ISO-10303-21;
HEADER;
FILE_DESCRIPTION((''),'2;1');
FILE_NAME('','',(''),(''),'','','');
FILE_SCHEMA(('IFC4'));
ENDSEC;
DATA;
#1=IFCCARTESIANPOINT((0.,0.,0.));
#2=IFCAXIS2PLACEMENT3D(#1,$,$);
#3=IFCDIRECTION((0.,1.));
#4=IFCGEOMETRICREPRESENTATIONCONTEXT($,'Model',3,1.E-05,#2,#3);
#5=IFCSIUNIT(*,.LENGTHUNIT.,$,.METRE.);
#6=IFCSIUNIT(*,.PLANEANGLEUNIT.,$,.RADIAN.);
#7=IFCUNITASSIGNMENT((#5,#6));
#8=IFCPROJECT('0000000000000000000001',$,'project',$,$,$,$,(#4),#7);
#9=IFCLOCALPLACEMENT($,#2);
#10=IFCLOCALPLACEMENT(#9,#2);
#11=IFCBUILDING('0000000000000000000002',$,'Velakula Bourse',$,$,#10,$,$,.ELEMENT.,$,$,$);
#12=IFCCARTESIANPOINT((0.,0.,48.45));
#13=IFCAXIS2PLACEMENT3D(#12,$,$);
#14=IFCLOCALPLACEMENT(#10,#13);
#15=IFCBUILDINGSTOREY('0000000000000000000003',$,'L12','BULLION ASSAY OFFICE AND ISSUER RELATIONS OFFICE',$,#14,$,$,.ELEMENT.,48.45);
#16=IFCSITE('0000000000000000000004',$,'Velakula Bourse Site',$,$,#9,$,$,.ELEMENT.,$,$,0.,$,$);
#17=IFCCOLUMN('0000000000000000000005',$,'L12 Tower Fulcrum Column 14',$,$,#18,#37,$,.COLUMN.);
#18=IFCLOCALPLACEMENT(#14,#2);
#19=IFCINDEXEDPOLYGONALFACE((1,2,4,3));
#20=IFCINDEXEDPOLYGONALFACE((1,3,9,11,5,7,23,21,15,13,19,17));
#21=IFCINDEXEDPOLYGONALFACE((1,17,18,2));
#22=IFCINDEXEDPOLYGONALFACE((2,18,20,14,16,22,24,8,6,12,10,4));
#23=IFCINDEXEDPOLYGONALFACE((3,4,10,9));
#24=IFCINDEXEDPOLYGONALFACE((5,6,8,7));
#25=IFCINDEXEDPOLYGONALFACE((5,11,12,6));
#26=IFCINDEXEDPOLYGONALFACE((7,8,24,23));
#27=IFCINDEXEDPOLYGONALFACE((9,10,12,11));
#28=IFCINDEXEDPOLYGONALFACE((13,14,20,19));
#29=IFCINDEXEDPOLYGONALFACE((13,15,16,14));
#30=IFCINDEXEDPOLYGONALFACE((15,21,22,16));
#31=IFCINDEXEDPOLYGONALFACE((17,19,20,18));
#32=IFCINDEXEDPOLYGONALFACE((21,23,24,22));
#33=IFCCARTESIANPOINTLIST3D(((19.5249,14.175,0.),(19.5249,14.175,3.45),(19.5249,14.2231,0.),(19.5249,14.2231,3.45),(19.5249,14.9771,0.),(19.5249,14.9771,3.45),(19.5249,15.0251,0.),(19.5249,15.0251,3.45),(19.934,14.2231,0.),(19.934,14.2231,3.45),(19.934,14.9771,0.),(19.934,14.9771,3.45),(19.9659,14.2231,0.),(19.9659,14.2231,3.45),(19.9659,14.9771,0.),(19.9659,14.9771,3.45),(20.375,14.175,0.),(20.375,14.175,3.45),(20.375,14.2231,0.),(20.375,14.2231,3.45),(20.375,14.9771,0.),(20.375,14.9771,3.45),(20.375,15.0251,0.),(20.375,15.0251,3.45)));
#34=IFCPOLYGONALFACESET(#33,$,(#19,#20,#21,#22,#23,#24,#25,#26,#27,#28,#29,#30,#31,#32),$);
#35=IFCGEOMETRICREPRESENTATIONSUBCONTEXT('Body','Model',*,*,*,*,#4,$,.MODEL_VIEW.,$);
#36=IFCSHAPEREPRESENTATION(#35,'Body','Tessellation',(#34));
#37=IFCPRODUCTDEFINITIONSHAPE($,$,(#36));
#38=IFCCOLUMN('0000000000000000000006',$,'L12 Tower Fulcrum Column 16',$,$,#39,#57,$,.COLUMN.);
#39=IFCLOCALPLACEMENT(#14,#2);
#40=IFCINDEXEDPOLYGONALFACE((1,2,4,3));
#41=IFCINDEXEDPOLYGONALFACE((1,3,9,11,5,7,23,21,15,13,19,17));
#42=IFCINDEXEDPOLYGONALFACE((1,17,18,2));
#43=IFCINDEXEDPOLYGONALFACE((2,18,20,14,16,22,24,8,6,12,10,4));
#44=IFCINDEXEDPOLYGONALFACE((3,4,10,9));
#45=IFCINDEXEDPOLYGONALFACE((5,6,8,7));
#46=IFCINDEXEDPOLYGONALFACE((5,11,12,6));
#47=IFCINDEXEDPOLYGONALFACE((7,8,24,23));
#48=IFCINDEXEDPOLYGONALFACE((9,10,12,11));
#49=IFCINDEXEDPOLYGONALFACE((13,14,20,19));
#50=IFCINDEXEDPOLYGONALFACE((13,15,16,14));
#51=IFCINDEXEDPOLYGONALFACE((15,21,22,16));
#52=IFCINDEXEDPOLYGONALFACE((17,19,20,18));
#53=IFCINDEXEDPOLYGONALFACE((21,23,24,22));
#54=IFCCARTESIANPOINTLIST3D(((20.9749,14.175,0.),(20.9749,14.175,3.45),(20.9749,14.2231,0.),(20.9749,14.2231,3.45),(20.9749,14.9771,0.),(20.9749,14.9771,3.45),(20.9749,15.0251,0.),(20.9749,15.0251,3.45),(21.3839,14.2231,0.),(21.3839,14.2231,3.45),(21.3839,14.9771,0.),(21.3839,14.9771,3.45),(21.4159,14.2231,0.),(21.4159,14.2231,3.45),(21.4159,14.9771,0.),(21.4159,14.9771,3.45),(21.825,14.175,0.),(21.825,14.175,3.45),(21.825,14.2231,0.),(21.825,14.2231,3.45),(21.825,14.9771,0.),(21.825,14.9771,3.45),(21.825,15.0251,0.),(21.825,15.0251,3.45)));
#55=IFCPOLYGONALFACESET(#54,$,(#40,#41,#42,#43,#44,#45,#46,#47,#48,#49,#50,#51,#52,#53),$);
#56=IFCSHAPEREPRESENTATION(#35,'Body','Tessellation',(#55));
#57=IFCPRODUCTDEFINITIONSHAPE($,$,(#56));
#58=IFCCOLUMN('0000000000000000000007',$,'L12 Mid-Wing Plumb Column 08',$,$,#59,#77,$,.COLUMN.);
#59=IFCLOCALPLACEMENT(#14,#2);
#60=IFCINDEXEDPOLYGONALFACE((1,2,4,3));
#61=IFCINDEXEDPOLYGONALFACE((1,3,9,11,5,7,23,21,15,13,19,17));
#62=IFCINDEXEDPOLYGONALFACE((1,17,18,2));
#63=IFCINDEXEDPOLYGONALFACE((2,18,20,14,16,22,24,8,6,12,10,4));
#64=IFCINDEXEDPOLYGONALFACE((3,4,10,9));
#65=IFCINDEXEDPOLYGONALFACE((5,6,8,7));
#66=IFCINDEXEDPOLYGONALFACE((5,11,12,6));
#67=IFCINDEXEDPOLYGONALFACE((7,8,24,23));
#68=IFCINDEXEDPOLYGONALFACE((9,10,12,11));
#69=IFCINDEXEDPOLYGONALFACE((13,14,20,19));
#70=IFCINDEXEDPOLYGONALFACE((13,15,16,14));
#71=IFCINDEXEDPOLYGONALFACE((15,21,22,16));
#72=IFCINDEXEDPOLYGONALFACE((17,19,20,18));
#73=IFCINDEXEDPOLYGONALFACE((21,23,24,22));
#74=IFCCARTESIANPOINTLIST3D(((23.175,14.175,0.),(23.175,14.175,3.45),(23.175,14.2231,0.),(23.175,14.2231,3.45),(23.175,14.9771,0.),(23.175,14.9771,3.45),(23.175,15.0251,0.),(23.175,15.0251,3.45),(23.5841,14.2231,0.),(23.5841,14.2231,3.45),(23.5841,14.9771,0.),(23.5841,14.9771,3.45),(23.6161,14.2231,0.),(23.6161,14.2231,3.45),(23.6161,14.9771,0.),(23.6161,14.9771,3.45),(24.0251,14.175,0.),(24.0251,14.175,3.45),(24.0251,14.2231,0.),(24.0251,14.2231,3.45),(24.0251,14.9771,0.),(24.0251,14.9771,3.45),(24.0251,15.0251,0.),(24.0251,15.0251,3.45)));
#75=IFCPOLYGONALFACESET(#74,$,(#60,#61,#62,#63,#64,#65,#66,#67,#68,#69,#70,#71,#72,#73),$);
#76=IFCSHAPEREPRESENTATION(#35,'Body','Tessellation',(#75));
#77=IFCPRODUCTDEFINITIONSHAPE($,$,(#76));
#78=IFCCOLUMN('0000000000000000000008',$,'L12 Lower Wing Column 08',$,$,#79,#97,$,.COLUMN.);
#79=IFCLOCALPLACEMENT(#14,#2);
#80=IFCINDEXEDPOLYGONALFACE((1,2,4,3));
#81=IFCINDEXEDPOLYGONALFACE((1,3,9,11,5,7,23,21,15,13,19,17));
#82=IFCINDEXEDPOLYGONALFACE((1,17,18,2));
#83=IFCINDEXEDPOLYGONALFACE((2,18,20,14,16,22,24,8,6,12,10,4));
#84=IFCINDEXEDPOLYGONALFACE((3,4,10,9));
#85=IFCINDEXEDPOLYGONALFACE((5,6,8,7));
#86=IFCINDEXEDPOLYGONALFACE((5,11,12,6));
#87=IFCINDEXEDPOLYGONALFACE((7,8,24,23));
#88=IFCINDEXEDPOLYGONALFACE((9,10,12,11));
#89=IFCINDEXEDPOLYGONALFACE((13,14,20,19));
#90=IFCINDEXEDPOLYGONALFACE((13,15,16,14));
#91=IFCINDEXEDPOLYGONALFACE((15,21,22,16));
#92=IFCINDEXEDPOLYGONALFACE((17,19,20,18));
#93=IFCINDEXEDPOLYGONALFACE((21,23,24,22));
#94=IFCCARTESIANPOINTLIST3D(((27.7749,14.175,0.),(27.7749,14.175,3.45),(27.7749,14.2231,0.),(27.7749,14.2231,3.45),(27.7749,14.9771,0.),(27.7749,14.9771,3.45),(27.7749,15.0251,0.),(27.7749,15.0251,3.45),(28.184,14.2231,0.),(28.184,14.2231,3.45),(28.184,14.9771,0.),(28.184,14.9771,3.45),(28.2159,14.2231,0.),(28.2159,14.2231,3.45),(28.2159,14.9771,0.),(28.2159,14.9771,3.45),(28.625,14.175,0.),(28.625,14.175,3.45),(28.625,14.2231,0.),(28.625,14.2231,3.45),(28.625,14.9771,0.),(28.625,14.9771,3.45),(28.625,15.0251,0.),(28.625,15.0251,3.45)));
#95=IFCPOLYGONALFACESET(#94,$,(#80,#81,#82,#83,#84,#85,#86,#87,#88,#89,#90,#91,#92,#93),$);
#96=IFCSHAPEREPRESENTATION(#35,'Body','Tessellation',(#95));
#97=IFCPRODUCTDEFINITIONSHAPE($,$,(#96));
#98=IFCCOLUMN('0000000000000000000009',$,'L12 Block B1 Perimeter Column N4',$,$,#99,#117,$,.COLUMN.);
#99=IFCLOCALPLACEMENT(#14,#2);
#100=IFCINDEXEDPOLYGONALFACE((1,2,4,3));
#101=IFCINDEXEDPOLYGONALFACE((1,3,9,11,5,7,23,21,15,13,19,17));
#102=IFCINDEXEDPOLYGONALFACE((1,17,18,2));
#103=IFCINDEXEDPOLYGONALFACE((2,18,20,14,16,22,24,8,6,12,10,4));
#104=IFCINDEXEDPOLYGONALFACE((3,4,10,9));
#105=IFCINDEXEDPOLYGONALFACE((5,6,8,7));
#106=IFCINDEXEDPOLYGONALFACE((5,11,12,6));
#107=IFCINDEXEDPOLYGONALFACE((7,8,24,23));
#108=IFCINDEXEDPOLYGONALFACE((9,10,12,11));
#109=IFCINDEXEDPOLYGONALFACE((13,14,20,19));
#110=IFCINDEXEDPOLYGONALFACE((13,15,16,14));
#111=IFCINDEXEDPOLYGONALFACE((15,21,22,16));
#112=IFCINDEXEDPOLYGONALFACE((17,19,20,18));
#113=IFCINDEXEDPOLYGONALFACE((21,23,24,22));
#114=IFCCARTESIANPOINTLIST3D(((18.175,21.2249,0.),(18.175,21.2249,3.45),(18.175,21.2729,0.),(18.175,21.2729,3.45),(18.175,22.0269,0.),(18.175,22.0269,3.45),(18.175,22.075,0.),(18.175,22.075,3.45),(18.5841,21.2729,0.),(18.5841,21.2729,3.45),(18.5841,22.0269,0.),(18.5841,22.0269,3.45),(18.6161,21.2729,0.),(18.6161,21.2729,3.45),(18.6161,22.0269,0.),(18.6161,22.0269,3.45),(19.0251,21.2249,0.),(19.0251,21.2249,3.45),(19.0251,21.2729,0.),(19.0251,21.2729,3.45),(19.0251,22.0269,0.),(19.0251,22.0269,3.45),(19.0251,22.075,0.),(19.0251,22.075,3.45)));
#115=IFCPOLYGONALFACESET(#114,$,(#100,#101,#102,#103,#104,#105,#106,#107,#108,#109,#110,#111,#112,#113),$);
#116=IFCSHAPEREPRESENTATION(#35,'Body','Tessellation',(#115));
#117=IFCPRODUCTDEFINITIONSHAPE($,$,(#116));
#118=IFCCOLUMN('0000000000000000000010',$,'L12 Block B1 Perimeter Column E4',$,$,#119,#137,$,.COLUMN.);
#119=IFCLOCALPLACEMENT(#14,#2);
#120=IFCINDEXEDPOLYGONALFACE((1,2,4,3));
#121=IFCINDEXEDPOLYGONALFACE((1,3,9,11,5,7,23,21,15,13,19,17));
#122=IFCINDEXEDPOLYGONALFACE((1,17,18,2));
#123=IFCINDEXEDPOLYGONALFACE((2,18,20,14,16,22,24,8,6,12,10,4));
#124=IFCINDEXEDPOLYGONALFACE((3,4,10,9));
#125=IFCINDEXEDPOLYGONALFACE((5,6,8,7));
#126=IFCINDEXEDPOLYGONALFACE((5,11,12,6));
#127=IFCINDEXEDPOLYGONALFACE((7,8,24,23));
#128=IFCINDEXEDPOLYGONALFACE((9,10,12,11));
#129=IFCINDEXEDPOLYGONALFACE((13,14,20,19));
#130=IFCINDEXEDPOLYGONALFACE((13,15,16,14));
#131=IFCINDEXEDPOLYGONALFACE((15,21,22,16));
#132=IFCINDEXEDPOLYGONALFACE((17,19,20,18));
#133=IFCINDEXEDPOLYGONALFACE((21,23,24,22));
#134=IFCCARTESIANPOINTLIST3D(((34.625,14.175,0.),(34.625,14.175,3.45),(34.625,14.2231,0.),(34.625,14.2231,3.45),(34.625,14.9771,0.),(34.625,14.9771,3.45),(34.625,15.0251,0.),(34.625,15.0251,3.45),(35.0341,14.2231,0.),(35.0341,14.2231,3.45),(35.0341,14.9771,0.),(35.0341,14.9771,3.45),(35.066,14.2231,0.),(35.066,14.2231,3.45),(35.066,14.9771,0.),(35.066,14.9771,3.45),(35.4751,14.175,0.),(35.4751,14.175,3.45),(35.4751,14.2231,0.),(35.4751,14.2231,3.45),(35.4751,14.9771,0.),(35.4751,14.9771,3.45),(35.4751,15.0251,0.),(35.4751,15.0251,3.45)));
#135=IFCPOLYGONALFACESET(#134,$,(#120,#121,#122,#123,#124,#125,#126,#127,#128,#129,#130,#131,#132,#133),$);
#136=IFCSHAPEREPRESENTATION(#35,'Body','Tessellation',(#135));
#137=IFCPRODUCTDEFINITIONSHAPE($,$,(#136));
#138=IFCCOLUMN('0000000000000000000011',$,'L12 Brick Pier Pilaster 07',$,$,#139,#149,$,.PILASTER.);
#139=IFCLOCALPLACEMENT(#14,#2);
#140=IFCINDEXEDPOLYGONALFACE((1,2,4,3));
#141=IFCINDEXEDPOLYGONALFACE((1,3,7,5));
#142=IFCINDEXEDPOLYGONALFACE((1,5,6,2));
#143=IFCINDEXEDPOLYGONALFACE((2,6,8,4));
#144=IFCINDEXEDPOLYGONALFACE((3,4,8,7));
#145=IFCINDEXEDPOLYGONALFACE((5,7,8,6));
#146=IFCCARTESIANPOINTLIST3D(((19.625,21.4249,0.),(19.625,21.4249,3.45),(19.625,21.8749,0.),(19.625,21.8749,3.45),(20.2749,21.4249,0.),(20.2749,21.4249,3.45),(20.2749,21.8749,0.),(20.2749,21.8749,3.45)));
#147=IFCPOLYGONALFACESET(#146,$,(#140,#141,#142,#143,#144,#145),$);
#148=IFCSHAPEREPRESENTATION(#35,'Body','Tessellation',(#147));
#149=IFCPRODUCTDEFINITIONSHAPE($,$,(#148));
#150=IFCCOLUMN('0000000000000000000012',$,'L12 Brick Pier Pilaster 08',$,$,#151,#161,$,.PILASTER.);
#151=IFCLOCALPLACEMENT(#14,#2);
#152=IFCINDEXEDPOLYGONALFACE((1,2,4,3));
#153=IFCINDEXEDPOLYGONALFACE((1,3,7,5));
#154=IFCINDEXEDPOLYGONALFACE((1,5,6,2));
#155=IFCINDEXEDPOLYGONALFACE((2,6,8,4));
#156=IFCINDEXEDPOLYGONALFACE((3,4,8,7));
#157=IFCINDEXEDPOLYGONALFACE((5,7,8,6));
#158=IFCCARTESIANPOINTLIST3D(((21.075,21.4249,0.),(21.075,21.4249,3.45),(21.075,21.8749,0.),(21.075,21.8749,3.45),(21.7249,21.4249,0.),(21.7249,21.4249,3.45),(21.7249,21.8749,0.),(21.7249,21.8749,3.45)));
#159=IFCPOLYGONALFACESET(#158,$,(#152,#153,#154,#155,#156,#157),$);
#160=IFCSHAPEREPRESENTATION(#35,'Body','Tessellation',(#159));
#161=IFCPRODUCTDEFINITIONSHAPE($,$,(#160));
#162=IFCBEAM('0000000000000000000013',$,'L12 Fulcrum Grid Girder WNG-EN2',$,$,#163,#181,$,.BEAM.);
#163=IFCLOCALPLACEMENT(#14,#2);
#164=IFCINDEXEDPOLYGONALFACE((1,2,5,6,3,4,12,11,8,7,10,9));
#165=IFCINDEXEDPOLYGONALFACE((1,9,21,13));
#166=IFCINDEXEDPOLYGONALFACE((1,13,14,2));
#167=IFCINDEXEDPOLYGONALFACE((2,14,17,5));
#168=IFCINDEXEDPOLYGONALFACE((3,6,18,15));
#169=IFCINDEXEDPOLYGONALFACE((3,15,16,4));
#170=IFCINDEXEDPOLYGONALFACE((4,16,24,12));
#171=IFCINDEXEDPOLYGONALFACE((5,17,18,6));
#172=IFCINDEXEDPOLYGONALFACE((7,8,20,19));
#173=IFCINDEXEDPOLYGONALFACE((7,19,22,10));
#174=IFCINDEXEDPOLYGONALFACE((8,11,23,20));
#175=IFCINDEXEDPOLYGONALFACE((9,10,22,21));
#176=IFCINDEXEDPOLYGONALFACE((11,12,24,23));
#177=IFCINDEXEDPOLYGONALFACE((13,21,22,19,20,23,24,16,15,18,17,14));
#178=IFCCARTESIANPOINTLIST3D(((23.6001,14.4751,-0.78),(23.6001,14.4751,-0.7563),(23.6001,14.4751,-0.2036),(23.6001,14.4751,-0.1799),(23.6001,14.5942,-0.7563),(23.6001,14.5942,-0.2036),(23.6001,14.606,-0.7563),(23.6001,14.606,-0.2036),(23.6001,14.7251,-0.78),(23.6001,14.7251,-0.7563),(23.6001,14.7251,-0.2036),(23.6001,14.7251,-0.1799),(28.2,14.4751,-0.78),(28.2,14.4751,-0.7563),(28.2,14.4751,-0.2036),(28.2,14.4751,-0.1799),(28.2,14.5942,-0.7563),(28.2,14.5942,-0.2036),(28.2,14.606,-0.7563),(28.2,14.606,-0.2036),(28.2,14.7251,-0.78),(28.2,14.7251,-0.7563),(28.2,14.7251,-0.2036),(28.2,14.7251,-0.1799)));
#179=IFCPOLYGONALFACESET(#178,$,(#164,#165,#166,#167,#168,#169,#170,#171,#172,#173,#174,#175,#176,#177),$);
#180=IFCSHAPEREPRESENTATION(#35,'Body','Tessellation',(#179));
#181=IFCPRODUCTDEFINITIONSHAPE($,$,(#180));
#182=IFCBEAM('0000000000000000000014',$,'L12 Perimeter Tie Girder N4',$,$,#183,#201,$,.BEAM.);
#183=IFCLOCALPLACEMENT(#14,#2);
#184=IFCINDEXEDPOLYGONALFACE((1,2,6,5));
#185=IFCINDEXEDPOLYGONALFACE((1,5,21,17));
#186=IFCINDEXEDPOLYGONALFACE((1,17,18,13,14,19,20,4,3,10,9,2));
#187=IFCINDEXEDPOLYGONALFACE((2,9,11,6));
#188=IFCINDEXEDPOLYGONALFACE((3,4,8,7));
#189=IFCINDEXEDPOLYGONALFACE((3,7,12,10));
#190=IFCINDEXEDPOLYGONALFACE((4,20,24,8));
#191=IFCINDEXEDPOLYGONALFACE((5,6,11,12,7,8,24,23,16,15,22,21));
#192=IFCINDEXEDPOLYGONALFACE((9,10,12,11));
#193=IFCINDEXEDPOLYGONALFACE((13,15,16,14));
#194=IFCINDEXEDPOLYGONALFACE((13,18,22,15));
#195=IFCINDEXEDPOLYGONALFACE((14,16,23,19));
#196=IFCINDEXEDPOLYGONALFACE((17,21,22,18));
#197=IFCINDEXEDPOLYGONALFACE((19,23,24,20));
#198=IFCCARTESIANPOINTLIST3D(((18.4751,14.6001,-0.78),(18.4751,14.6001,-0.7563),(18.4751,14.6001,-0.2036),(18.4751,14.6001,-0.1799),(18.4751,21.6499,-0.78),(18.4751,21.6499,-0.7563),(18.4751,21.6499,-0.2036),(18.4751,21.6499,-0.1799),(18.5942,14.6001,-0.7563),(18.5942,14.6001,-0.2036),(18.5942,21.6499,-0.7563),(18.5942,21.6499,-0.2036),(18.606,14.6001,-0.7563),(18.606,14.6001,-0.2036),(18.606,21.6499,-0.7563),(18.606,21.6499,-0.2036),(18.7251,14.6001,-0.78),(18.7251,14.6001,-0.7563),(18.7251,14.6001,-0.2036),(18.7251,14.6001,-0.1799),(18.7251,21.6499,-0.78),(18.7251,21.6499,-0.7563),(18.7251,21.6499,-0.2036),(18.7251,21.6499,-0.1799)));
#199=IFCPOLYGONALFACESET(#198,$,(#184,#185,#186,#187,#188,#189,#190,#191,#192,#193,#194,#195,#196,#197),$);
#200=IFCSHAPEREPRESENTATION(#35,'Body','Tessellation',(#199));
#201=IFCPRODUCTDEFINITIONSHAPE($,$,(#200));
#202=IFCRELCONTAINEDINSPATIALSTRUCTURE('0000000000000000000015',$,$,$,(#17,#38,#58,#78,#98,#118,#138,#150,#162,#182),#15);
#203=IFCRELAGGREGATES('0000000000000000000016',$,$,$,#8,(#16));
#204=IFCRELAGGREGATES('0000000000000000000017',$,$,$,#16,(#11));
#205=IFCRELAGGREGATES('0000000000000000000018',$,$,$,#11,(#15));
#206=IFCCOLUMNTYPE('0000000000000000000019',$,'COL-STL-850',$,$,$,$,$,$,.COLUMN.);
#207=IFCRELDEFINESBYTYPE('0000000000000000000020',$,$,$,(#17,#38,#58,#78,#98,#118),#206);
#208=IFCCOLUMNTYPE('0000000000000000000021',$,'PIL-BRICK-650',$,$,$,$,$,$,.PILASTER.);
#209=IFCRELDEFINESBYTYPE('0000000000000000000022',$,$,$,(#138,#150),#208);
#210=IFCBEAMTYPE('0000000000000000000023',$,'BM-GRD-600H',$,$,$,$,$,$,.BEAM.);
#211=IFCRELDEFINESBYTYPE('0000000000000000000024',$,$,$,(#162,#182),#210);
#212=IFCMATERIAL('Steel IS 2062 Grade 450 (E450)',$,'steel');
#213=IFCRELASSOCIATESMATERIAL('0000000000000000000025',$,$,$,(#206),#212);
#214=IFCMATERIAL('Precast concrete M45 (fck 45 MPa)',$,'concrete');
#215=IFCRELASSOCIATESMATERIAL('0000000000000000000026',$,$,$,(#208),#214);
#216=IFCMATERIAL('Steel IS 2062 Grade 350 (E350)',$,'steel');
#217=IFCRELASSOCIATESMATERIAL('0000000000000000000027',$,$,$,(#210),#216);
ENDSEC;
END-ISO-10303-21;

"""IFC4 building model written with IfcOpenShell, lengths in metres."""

from ifc_helpers import new_model, si_unit, direction, frame, origin, origin_2d, place, context, subcontext, project, spatial, rectangle, i_section, extrude, material, material_profile, profile_set, type_object, element, save


model = new_model("IFC4")

# Units and contexts
model_context = context("Model", 3, precision=1e-05, world=origin(), true_north=direction((0.0, 1.0)))
body_context = subcontext(model_context, "Body", "Model", "MODEL_VIEW")
ifc_project = project(units=[si_unit("LENGTHUNIT", "METRE"), si_unit("PLANEANGLEUNIT", "RADIAN")], contexts=[model_context])

# Site, building, storey
site_placement = place(None, origin())
site = spatial("IfcSite", under=ifc_project, at=site_placement, Name="Velakula Bourse Site", CompositionType="ELEMENT", RefElevation=0.0)
building_placement = place(site_placement, origin())
building = spatial("IfcBuilding", under=site, at=building_placement, Name="Velakula Bourse", CompositionType="ELEMENT")
storey_placement = place(building_placement, frame((0.0, 0.0, 48.45)))
storey = spatial("IfcBuildingStorey", under=building, at=storey_placement, Name="L12", Description="BULLION ASSAY OFFICE AND ISSUER RELATIONS OFFICE", CompositionType="ELEMENT", Elevation=48.45)

# Columns
ifc_material_1 = material(Name="Steel IS 2062 Grade 450 (E450)", Category="steel")
ifc_material_profile_1 = material_profile(ifc_material_1, i_section(OverallWidth=0.8501, OverallDepth=0.8501, WebThickness=0.032, FlangeThickness=0.0481, at=origin_2d()), Name="Steel IS 2062 Grade 450 (E450)")
ifc_profile_set_1 = profile_set([ifc_material_profile_1], Name="Steel IS 2062 Grade 450 (E450)")
column_type_1 = type_object("IfcColumnType", Name="COL-STL-850", PredefinedType="COLUMN", material=ifc_profile_set_1)
for number, where, z_axis, x_axis, name in (
    (1, (19.95, 14.6001, 0.0), (0.0, 0.0, 1.0), (1.0, 0.0, 0.0), "L12 Tower Fulcrum Column 14"),
    (2, (21.3999, 14.6001, 0.0), (0.0, 0.0, 1.0), (1.0, 0.0, 0.0), "L12 Tower Fulcrum Column 16"),
    (3, (23.6001, 14.6001, 0.0), (0.0, 0.0, 1.0), (1.0, 0.0, 0.0), "L12 Mid-Wing Plumb Column 08"),
    (4, (28.2, 14.6001, 0.0), (0.0, 0.0, 1.0), (1.0, 0.0, 0.0), "L12 Lower Wing Column 08"),
    (5, (18.6001, 21.6499, 0.0), (0.0, 0.0, 1.0), (1.0, 0.0, 0.0), "L12 Block B1 Perimeter Column N4"),
    (6, (35.05, 14.6001, 0.0), (0.0, 0.0, 1.0), (1.0, 0.0, 0.0), "L12 Block B1 Perimeter Column E4"),
):
    element("IfcColumn", number, at=place(storey_placement, frame(where, z_axis=z_axis, x_axis=x_axis)), inside=storey, type_object=column_type_1, Name=name, PredefinedType="COLUMN", context=body_context, shape_type="SweptSolid", body=[
        extrude(i_section(OverallWidth=0.8501, OverallDepth=0.8501, WebThickness=0.032, FlangeThickness=0.0481, at=origin_2d()), origin(), (0.0, 0.0, 1.0), 3.45),
    ])
ifc_material_2 = material(Name="Precast concrete M45 (fck 45 MPa)", Category="concrete")
ifc_material_profile_2 = material_profile(ifc_material_2, rectangle(XDim=0.6499, YDim=0.45, at=origin_2d()), Name="Precast concrete M45 (fck 45 MPa)")
ifc_profile_set_2 = profile_set([ifc_material_profile_2], Name="Precast concrete M45 (fck 45 MPa)")
column_type_2 = type_object("IfcColumnType", Name="PIL-BRICK-650", PredefinedType="PILASTER", material=ifc_profile_set_2)
for number, where, z_axis, x_axis, name in (
    (7, (19.95, 21.6499, 0.0), (0.0, 0.0, 1.0), (1.0, 0.0, 0.0), "L12 Brick Pier Pilaster 07"),
    (8, (21.3999, 21.6499, 0.0), (0.0, 0.0, 1.0), (1.0, 0.0, 0.0), "L12 Brick Pier Pilaster 08"),
):
    element("IfcColumn", number, at=place(storey_placement, frame(where, z_axis=z_axis, x_axis=x_axis)), inside=storey, type_object=column_type_2, Name=name, PredefinedType="PILASTER", context=body_context, shape_type="SweptSolid", body=[
        extrude(rectangle(XDim=0.6499, YDim=0.45, at=origin_2d()), origin(), (0.0, 0.0, 1.0), 3.45),
    ])

# Beams
ifc_material_3 = material(Name="Steel IS 2062 Grade 350 (E350)", Category="steel")
ifc_material_profile_3 = material_profile(ifc_material_3, i_section(OverallWidth=0.25, OverallDepth=0.6001, WebThickness=0.0117, FlangeThickness=0.0237, at=origin_2d()), Name="Steel IS 2062 Grade 350 (E350)")
ifc_profile_set_3 = profile_set([ifc_material_profile_3], Name="Steel IS 2062 Grade 350 (E350)")
beam_type_1 = type_object("IfcBeamType", Name="BM-GRD-600H", PredefinedType="BEAM", material=ifc_profile_set_3)
beam_1_placement = place(storey_placement, frame((23.6001, 14.6001, -0.48), z_axis=(1.0, 0.0, 0.0), x_axis=(0.0, 1.0, 0.0)))
element("IfcBeam", 9, at=beam_1_placement, inside=storey, type_object=beam_type_1, Name="L12 Fulcrum Grid Girder WNG-EN2", PredefinedType="BEAM", context=body_context, shape_type="SweptSolid", body=[
    extrude(i_section(OverallWidth=0.25, OverallDepth=0.6001, WebThickness=0.0117, FlangeThickness=0.0237, at=origin_2d()), origin(), (0.0, 0.0, 1.0), 4.5999),
])
beam_2_placement = place(storey_placement, frame((18.6001, 14.6001, -0.48), z_axis=(0.0, 1.0, 0.0), x_axis=(-1.0, 0.0, 0.0)))
element("IfcBeam", 10, at=beam_2_placement, inside=storey, type_object=beam_type_1, Name="L12 Perimeter Tie Girder N4", PredefinedType="BEAM", context=body_context, shape_type="SweptSolid", body=[
    extrude(i_section(OverallWidth=0.25, OverallDepth=0.6001, WebThickness=0.0117, FlangeThickness=0.0237, at=origin_2d()), origin(), (0.0, 0.0, 1.0), 7.0498),
])

save(model, "model.ifc")
